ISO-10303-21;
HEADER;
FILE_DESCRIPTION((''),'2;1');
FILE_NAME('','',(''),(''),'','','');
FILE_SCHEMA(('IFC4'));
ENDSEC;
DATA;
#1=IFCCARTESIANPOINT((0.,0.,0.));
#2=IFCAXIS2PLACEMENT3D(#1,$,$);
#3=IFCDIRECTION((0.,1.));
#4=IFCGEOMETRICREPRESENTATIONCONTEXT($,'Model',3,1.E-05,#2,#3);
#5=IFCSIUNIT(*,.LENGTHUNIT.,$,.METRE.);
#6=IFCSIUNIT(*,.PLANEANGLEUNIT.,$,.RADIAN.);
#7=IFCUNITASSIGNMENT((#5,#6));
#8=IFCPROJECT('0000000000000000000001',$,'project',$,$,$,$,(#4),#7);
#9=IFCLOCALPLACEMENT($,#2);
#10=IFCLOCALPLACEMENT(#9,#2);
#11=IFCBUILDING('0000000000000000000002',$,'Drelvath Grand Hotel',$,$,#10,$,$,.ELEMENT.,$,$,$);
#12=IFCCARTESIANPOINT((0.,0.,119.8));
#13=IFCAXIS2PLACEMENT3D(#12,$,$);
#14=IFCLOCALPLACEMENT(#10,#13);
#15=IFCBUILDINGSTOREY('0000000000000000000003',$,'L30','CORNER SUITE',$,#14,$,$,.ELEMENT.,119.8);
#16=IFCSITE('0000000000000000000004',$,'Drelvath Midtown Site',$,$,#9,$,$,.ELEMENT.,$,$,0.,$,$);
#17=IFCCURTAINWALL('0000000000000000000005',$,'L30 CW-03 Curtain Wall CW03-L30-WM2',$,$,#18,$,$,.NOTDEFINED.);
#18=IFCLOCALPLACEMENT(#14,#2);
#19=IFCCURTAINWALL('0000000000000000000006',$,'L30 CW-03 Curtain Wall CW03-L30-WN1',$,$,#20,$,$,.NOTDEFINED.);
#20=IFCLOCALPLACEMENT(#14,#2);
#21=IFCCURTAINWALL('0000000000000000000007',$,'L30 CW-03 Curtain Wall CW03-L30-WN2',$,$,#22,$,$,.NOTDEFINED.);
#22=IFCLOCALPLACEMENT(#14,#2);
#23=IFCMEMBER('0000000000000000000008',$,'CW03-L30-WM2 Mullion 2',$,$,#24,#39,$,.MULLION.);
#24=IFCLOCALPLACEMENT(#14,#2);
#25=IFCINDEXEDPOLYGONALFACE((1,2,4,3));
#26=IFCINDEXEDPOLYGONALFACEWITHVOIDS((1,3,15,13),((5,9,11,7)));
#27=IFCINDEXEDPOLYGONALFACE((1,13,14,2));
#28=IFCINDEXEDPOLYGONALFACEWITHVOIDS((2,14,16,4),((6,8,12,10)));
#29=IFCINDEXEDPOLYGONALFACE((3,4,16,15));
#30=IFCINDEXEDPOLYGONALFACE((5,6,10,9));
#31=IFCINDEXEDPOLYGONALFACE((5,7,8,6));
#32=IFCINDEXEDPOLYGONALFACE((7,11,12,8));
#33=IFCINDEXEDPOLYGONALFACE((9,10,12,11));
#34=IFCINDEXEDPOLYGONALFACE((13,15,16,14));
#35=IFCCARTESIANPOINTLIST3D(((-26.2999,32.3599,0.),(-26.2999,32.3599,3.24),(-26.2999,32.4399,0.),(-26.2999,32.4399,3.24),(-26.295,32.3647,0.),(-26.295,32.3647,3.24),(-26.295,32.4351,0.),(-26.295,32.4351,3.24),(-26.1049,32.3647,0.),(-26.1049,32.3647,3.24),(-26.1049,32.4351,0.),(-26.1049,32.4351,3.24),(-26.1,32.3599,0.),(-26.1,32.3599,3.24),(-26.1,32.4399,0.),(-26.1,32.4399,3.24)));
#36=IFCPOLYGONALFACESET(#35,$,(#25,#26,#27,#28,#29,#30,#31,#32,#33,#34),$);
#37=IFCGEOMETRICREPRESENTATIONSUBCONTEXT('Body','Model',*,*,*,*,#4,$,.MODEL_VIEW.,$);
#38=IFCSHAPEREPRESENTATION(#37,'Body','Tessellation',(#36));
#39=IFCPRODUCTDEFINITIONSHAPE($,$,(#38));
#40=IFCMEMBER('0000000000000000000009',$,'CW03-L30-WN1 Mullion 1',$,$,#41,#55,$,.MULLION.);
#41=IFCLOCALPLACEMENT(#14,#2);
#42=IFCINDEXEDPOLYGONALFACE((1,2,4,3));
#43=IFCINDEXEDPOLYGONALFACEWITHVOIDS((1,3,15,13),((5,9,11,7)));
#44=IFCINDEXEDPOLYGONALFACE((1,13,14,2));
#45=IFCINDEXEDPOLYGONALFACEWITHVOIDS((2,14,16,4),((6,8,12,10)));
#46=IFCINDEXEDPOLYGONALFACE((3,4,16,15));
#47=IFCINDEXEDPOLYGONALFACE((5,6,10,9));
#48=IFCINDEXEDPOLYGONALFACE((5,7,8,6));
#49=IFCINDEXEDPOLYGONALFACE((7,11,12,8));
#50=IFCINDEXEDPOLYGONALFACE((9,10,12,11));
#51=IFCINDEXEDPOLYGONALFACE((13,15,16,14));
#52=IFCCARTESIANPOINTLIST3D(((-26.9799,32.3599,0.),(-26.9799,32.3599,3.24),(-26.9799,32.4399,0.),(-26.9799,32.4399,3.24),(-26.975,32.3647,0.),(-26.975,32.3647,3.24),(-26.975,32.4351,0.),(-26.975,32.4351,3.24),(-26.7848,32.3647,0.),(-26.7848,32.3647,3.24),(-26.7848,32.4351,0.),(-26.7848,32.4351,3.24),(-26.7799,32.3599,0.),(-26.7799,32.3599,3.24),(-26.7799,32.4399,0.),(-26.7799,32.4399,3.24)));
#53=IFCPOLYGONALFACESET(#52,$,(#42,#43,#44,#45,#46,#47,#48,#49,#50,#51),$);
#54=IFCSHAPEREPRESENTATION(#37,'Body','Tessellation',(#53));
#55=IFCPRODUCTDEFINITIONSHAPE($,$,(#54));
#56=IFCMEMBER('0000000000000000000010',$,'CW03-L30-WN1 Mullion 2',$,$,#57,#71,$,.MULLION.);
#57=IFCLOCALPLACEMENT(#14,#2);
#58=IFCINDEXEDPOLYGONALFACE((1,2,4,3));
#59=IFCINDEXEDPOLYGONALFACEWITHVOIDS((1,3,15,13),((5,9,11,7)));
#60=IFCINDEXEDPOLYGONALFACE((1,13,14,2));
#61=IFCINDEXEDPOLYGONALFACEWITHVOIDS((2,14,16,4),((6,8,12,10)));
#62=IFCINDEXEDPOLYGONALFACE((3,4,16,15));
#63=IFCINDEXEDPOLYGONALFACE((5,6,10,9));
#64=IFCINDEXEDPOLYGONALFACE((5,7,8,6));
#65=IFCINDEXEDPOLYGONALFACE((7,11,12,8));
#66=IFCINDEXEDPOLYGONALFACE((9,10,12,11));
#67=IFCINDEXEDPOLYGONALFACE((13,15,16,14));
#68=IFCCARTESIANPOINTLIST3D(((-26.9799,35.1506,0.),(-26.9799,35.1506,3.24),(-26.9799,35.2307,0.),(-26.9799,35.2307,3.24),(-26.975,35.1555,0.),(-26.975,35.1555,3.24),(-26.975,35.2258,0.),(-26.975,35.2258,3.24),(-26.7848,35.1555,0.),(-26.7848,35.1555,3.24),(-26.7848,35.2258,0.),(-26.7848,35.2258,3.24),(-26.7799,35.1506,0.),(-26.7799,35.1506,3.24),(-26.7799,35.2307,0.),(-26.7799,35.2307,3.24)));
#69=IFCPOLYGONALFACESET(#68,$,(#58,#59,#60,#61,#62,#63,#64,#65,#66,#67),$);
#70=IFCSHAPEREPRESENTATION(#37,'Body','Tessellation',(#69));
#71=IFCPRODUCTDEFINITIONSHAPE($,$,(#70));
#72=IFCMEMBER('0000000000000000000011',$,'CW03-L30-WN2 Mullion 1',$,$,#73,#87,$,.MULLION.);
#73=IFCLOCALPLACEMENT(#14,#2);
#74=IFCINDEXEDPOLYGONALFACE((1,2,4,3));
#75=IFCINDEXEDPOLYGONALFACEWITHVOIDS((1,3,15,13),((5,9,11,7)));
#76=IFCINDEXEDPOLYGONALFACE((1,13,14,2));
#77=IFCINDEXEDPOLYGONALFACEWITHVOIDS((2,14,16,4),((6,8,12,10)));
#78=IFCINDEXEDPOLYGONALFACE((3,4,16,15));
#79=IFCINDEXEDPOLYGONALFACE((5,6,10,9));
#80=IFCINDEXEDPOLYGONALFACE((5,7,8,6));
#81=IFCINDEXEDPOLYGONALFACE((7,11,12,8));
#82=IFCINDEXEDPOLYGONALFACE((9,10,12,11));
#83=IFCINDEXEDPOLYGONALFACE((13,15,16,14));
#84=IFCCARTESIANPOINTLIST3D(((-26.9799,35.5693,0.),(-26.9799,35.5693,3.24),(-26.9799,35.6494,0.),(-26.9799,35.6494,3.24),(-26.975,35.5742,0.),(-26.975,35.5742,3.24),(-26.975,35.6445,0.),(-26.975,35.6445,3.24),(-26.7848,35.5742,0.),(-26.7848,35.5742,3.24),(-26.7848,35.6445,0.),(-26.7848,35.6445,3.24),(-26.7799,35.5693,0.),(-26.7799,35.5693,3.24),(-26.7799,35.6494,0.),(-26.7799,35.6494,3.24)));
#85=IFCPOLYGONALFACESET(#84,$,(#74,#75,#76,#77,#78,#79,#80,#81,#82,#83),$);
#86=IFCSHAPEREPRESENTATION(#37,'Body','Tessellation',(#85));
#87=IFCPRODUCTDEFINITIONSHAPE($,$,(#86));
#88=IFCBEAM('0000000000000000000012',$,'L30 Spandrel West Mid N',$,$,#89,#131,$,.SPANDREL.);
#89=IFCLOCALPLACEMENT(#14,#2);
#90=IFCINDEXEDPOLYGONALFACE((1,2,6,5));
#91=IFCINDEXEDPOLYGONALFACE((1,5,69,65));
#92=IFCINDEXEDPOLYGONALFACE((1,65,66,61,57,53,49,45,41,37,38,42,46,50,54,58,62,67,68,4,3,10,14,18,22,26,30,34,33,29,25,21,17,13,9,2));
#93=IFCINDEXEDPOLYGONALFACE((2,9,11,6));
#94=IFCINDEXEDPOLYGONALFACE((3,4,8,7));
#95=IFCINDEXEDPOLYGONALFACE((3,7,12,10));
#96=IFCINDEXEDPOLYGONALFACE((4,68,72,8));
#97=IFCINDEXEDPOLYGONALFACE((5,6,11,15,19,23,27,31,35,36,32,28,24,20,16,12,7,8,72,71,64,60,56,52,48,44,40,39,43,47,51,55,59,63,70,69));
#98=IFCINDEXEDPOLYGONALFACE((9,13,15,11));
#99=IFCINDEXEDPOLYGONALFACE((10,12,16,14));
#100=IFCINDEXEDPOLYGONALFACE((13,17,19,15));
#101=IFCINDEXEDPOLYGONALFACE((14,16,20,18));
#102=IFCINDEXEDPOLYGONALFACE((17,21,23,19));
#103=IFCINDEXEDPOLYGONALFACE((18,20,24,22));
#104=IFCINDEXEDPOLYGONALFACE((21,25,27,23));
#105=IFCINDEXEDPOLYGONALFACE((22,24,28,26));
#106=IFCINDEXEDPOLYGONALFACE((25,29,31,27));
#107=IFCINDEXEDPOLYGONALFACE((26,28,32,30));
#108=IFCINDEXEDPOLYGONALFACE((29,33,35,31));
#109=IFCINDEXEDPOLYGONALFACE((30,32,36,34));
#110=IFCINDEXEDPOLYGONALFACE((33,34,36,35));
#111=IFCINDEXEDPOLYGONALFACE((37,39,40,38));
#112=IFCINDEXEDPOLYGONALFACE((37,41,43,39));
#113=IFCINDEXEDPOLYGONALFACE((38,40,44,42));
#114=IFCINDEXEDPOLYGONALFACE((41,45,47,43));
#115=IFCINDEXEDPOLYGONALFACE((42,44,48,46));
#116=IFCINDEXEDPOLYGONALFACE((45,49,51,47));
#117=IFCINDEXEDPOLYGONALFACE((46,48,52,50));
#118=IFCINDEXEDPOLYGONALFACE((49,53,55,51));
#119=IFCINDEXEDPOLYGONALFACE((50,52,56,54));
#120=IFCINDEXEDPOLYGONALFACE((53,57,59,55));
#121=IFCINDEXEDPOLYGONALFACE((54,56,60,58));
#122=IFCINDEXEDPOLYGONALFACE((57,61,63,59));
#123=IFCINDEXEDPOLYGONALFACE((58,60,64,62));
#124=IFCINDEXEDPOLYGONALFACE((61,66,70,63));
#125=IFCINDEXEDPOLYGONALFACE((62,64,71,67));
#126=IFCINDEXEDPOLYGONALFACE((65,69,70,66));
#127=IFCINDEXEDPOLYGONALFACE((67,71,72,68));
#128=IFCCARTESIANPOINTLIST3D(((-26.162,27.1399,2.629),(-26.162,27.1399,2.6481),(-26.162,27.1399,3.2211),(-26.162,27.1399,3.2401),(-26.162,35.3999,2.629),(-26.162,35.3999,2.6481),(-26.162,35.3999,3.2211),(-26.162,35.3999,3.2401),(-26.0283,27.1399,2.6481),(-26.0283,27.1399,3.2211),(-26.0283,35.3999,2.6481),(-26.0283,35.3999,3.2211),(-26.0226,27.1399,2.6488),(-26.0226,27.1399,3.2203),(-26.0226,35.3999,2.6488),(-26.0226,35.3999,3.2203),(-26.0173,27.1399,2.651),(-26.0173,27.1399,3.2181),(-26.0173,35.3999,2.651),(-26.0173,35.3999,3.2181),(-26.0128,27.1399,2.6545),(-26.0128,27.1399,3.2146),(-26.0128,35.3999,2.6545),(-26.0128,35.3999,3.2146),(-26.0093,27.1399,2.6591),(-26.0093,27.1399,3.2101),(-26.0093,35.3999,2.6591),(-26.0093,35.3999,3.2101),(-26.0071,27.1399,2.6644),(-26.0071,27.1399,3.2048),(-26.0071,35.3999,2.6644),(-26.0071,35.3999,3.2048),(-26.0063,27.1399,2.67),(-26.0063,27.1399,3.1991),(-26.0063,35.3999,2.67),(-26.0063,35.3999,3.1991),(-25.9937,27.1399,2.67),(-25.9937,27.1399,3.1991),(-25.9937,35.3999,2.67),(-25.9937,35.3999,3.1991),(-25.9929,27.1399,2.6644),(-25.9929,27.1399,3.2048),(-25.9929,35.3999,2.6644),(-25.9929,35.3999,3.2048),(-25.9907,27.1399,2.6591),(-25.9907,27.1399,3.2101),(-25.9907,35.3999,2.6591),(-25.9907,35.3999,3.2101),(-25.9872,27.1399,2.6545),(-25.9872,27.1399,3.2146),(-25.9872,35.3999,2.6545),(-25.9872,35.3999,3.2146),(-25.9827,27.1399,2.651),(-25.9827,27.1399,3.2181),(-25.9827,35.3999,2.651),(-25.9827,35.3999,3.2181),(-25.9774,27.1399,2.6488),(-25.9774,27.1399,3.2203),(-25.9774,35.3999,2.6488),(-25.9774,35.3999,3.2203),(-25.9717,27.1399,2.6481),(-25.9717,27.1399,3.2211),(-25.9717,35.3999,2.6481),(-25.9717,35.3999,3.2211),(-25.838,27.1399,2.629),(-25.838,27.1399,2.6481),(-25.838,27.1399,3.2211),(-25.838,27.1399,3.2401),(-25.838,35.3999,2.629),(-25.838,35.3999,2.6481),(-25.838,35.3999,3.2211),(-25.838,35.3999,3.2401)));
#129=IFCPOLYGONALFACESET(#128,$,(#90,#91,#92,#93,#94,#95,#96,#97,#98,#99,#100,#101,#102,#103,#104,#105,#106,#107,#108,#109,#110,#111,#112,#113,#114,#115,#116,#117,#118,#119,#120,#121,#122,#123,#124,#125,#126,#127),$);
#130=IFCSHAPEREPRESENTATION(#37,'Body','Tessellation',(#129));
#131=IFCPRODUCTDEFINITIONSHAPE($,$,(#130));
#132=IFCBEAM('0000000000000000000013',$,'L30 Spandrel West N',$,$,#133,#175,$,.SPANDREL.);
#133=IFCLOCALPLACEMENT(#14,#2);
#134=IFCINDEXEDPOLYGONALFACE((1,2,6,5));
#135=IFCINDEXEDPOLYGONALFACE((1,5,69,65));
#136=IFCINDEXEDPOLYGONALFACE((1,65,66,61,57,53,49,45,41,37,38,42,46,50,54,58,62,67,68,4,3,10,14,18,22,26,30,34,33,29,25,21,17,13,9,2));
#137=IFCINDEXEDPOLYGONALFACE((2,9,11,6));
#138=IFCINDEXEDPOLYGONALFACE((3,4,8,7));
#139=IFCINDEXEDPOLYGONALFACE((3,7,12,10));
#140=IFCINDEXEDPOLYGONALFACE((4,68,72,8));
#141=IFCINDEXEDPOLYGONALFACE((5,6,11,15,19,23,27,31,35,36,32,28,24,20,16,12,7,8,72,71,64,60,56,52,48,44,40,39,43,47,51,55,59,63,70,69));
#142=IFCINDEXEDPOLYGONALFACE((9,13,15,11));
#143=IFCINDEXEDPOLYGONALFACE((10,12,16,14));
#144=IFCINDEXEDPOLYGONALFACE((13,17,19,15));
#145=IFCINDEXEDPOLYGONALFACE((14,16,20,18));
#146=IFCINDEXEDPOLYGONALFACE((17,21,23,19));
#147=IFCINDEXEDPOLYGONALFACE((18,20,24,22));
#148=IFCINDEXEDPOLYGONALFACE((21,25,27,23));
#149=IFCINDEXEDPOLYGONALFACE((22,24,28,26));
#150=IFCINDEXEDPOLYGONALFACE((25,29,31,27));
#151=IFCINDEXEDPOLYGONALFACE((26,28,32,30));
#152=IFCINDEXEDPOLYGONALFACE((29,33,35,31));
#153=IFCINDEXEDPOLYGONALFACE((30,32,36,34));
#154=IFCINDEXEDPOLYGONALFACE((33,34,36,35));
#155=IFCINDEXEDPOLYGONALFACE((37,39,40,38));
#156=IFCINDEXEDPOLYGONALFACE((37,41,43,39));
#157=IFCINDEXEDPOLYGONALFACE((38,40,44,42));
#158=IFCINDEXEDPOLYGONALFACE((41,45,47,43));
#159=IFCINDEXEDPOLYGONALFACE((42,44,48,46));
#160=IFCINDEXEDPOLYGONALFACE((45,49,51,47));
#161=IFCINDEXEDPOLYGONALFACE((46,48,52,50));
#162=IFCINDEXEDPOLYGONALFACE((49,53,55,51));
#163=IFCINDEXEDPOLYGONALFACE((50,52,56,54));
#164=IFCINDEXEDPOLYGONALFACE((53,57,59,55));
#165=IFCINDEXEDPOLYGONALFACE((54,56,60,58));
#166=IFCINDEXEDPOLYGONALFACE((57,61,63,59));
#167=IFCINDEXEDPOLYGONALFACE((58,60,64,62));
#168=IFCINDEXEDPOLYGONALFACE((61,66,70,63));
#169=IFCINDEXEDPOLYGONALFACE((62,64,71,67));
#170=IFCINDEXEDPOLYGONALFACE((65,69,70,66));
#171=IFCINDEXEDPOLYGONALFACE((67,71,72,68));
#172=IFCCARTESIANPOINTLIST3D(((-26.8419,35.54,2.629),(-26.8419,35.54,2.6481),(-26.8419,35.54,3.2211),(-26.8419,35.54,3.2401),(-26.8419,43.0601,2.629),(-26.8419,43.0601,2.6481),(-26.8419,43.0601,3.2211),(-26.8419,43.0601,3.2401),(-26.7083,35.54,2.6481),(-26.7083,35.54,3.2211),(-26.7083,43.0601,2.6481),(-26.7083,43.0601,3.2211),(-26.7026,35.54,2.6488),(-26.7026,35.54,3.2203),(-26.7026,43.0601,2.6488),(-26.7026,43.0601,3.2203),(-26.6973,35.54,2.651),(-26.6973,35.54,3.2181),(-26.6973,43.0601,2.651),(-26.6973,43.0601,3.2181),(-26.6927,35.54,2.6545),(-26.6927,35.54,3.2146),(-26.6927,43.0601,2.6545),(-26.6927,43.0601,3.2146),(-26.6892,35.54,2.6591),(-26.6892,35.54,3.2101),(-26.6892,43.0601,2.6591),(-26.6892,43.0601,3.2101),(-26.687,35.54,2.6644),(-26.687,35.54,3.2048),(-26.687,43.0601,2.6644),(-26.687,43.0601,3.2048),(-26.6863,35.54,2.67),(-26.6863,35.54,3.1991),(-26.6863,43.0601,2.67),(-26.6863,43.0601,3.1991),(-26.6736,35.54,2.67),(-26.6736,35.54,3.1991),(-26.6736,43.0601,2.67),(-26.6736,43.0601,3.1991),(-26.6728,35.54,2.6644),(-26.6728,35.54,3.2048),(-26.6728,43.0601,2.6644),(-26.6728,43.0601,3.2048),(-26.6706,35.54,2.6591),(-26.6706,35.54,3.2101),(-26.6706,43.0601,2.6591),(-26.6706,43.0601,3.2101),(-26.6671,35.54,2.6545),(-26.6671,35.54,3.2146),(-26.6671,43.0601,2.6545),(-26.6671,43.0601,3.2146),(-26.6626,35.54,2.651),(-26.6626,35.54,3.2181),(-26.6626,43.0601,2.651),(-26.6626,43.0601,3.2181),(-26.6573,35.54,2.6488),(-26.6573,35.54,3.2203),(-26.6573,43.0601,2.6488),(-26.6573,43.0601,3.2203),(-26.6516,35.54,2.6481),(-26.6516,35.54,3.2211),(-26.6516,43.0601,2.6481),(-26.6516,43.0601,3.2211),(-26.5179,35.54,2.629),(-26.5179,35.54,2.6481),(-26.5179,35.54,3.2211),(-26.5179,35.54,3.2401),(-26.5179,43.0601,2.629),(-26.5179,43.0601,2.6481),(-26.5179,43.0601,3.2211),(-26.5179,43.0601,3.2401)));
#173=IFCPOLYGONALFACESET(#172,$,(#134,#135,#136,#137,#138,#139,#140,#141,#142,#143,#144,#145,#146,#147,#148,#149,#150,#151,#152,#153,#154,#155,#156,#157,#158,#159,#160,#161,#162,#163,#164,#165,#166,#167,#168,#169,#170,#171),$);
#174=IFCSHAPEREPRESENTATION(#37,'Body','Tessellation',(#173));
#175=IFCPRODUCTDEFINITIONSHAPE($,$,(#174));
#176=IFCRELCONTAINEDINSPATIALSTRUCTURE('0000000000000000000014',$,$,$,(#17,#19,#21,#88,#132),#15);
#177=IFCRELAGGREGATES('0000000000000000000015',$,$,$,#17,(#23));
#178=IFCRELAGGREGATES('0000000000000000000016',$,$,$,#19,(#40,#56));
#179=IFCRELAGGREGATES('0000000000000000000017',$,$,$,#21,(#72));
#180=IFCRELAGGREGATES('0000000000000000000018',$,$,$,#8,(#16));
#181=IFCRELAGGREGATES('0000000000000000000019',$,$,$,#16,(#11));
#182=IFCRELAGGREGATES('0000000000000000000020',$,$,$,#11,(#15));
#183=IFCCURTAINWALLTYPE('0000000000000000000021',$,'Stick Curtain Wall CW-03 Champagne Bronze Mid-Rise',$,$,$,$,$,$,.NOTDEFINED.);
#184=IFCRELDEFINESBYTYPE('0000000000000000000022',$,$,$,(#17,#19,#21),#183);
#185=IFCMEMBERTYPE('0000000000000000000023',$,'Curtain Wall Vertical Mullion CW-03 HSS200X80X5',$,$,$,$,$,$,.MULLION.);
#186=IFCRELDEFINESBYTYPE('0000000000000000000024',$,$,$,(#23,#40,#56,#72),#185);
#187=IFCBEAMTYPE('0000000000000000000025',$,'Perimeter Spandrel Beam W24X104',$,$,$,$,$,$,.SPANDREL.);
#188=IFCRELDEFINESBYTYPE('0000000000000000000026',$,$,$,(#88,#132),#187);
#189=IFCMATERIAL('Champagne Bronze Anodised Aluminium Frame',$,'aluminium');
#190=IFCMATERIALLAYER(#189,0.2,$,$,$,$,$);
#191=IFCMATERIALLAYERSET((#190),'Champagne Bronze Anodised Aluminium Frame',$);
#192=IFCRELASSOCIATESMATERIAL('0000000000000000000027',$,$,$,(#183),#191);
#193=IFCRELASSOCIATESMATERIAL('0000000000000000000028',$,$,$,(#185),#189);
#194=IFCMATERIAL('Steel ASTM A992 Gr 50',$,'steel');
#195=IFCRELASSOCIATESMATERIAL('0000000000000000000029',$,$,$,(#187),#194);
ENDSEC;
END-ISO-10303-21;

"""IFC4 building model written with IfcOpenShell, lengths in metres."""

from ifc_helpers import new_model, si_unit, direction, frame, origin, origin_2d, place, context, subcontext, project, spatial, hollow_rectangle, i_section, extrude, material, layer, layer_set, material_profile, profile_set, type_object, element, aggregate, save


model = new_model("IFC4")

# Units and contexts
model_context = context("Model", 3, precision=1e-05, world=origin(), true_north=direction((0.0, 1.0)))
body_context = subcontext(model_context, "Body", "Model", "MODEL_VIEW")
ifc_project = project(units=[si_unit("LENGTHUNIT", "METRE"), si_unit("PLANEANGLEUNIT", "RADIAN")], contexts=[model_context])

# Site, building, storey
site_placement = place(None, origin())
site = spatial("IfcSite", under=ifc_project, at=site_placement, Name="Drelvath Midtown Site", CompositionType="ELEMENT", RefElevation=0.0)
building_placement = place(site_placement, origin())
building = spatial("IfcBuilding", under=site, at=building_placement, Name="Drelvath Grand Hotel", CompositionType="ELEMENT")
storey_placement = place(building_placement, frame((0.0, 0.0, 119.8)))
storey = spatial("IfcBuildingStorey", under=building, at=storey_placement, Name="L30", Description="CORNER SUITE", CompositionType="ELEMENT", Elevation=119.8)

# Curtain walls
ifc_material_1 = material(Name="Champagne Bronze Anodised Aluminium Frame", Category="aluminium")
ifc_layer_1 = layer(ifc_material_1, 0.2)
ifc_layer_set_1 = layer_set([ifc_layer_1], Name="Champagne Bronze Anodised Aluminium Frame")
curtain_wall_type = type_object("IfcCurtainWallType", Name="Stick Curtain Wall CW-03 Champagne Bronze Mid-Rise", PredefinedType="NOTDEFINED", material=ifc_layer_set_1)
curtain_wall_1_placement = place(storey_placement, origin())
curtain_wall_1 = element("IfcCurtainWall", 1, at=curtain_wall_1_placement, inside=storey, type_object=curtain_wall_type, Name="L30 CW-03 Curtain Wall CW03-L30-WM2", PredefinedType="NOTDEFINED")
curtain_wall_2_placement = place(storey_placement, origin())
curtain_wall_2 = element("IfcCurtainWall", 2, at=curtain_wall_2_placement, inside=storey, type_object=curtain_wall_type, Name="L30 CW-03 Curtain Wall CW03-L30-WN1", PredefinedType="NOTDEFINED")
curtain_wall_3_placement = place(storey_placement, origin())
curtain_wall_3 = element("IfcCurtainWall", 3, at=curtain_wall_3_placement, inside=storey, type_object=curtain_wall_type, Name="L30 CW-03 Curtain Wall CW03-L30-WN2", PredefinedType="NOTDEFINED")
ifc_material_profile_1 = material_profile(ifc_material_1, hollow_rectangle(XDim=0.0801, YDim=0.2, WallThickness=0.0049, at=origin_2d()), Name="HSS200X80X5")
ifc_profile_set_1 = profile_set([ifc_material_profile_1], Name="Champagne Bronze Anodised Aluminium Frame")
member_type_1 = type_object("IfcMemberType", Name="Curtain Wall Vertical Mullion CW-03 HSS200X80X5", PredefinedType="MULLION", material=ifc_profile_set_1)

# Members
member_1_placement = place(storey_placement, frame((-26.2, 32.3999, 0.0), z_axis=(0.0, 0.0, 1.0), x_axis=(0.0, 1.0, 0.0)))
member_1 = element("IfcMember", 4, at=member_1_placement, type_object=member_type_1, Name="CW03-L30-WM2 Mullion 2", PredefinedType="MULLION", context=body_context, shape_type="SweptSolid", body=[
    extrude(hollow_rectangle(XDim=0.0801, YDim=0.2, WallThickness=0.0049, at=origin_2d()), origin(), (0.0, 0.0, 1.0), 3.24),
])
member_2_placement = place(storey_placement, frame((-26.8799, 32.3999, 0.0), z_axis=(0.0, 0.0, 1.0), x_axis=(0.0, 1.0, 0.0)))
member_2 = element("IfcMember", 5, at=member_2_placement, type_object=member_type_1, Name="CW03-L30-WN1 Mullion 1", PredefinedType="MULLION", context=body_context, shape_type="SweptSolid", body=[
    extrude(hollow_rectangle(XDim=0.0801, YDim=0.2, WallThickness=0.0049, at=origin_2d()), origin(), (0.0, 0.0, 1.0), 3.24),
])
member_3_placement = place(storey_placement, frame((-26.8799, 35.1907, 0.0), z_axis=(0.0, 0.0, 1.0), x_axis=(0.0, 1.0, 0.0)))
member_3 = element("IfcMember", 6, at=member_3_placement, type_object=member_type_1, Name="CW03-L30-WN1 Mullion 2", PredefinedType="MULLION", context=body_context, shape_type="SweptSolid", body=[
    extrude(hollow_rectangle(XDim=0.0801, YDim=0.2, WallThickness=0.0049, at=origin_2d()), origin(), (0.0, 0.0, 1.0), 3.24),
])
member_4_placement = place(storey_placement, frame((-26.8799, 35.6094, 0.0), z_axis=(0.0, 0.0, 1.0), x_axis=(0.0, 1.0, 0.0)))
member_4 = element("IfcMember", 7, at=member_4_placement, type_object=member_type_1, Name="CW03-L30-WN2 Mullion 1", PredefinedType="MULLION", context=body_context, shape_type="SweptSolid", body=[
    extrude(hollow_rectangle(XDim=0.0801, YDim=0.2, WallThickness=0.0049, at=origin_2d()), origin(), (0.0, 0.0, 1.0), 3.24),
])

# Beams
ifc_material_2 = material(Name="Steel ASTM A992 Gr 50", Category="steel")
ifc_material_profile_2 = material_profile(ifc_material_2, i_section(OverallWidth=0.324, OverallDepth=0.6111, WebThickness=0.0127, FlangeThickness=0.019, FilletRadius=0.022, at=origin_2d()), Name="W24X104")
ifc_profile_set_2 = profile_set([ifc_material_profile_2], Name="Steel ASTM A992 Gr 50")
beam_type_1 = type_object("IfcBeamType", Name="Perimeter Spandrel Beam W24X104", PredefinedType="SPANDREL", material=ifc_profile_set_2)
beam_1_placement = place(storey_placement, frame((-26.0, 27.1399, 2.9346), z_axis=(0.0, 1.0, 0.0), x_axis=(-1.0, 0.0, 0.0)))
element("IfcBeam", 8, at=beam_1_placement, inside=storey, type_object=beam_type_1, Name="L30 Spandrel West Mid N", PredefinedType="SPANDREL", context=body_context, shape_type="SweptSolid", body=[
    extrude(i_section(OverallWidth=0.324, OverallDepth=0.6111, WebThickness=0.0127, FlangeThickness=0.019, FilletRadius=0.022, at=origin_2d()), origin(), (0.0, 0.0, 1.0), 8.26),
])
beam_2_placement = place(storey_placement, frame((-26.6799, 35.54, 2.9346), z_axis=(0.0, 1.0, 0.0), x_axis=(-1.0, 0.0, 0.0)))
element("IfcBeam", 9, at=beam_2_placement, inside=storey, type_object=beam_type_1, Name="L30 Spandrel West N", PredefinedType="SPANDREL", context=body_context, shape_type="SweptSolid", body=[
    extrude(i_section(OverallWidth=0.324, OverallDepth=0.6111, WebThickness=0.0127, FlangeThickness=0.019, FilletRadius=0.022, at=origin_2d()), origin(), (0.0, 0.0, 1.0), 7.52),
])

aggregate(curtain_wall_1, [member_1])
aggregate(curtain_wall_2, [member_2, member_3])
aggregate(curtain_wall_3, [member_4])

save(model, "model.ifc")
